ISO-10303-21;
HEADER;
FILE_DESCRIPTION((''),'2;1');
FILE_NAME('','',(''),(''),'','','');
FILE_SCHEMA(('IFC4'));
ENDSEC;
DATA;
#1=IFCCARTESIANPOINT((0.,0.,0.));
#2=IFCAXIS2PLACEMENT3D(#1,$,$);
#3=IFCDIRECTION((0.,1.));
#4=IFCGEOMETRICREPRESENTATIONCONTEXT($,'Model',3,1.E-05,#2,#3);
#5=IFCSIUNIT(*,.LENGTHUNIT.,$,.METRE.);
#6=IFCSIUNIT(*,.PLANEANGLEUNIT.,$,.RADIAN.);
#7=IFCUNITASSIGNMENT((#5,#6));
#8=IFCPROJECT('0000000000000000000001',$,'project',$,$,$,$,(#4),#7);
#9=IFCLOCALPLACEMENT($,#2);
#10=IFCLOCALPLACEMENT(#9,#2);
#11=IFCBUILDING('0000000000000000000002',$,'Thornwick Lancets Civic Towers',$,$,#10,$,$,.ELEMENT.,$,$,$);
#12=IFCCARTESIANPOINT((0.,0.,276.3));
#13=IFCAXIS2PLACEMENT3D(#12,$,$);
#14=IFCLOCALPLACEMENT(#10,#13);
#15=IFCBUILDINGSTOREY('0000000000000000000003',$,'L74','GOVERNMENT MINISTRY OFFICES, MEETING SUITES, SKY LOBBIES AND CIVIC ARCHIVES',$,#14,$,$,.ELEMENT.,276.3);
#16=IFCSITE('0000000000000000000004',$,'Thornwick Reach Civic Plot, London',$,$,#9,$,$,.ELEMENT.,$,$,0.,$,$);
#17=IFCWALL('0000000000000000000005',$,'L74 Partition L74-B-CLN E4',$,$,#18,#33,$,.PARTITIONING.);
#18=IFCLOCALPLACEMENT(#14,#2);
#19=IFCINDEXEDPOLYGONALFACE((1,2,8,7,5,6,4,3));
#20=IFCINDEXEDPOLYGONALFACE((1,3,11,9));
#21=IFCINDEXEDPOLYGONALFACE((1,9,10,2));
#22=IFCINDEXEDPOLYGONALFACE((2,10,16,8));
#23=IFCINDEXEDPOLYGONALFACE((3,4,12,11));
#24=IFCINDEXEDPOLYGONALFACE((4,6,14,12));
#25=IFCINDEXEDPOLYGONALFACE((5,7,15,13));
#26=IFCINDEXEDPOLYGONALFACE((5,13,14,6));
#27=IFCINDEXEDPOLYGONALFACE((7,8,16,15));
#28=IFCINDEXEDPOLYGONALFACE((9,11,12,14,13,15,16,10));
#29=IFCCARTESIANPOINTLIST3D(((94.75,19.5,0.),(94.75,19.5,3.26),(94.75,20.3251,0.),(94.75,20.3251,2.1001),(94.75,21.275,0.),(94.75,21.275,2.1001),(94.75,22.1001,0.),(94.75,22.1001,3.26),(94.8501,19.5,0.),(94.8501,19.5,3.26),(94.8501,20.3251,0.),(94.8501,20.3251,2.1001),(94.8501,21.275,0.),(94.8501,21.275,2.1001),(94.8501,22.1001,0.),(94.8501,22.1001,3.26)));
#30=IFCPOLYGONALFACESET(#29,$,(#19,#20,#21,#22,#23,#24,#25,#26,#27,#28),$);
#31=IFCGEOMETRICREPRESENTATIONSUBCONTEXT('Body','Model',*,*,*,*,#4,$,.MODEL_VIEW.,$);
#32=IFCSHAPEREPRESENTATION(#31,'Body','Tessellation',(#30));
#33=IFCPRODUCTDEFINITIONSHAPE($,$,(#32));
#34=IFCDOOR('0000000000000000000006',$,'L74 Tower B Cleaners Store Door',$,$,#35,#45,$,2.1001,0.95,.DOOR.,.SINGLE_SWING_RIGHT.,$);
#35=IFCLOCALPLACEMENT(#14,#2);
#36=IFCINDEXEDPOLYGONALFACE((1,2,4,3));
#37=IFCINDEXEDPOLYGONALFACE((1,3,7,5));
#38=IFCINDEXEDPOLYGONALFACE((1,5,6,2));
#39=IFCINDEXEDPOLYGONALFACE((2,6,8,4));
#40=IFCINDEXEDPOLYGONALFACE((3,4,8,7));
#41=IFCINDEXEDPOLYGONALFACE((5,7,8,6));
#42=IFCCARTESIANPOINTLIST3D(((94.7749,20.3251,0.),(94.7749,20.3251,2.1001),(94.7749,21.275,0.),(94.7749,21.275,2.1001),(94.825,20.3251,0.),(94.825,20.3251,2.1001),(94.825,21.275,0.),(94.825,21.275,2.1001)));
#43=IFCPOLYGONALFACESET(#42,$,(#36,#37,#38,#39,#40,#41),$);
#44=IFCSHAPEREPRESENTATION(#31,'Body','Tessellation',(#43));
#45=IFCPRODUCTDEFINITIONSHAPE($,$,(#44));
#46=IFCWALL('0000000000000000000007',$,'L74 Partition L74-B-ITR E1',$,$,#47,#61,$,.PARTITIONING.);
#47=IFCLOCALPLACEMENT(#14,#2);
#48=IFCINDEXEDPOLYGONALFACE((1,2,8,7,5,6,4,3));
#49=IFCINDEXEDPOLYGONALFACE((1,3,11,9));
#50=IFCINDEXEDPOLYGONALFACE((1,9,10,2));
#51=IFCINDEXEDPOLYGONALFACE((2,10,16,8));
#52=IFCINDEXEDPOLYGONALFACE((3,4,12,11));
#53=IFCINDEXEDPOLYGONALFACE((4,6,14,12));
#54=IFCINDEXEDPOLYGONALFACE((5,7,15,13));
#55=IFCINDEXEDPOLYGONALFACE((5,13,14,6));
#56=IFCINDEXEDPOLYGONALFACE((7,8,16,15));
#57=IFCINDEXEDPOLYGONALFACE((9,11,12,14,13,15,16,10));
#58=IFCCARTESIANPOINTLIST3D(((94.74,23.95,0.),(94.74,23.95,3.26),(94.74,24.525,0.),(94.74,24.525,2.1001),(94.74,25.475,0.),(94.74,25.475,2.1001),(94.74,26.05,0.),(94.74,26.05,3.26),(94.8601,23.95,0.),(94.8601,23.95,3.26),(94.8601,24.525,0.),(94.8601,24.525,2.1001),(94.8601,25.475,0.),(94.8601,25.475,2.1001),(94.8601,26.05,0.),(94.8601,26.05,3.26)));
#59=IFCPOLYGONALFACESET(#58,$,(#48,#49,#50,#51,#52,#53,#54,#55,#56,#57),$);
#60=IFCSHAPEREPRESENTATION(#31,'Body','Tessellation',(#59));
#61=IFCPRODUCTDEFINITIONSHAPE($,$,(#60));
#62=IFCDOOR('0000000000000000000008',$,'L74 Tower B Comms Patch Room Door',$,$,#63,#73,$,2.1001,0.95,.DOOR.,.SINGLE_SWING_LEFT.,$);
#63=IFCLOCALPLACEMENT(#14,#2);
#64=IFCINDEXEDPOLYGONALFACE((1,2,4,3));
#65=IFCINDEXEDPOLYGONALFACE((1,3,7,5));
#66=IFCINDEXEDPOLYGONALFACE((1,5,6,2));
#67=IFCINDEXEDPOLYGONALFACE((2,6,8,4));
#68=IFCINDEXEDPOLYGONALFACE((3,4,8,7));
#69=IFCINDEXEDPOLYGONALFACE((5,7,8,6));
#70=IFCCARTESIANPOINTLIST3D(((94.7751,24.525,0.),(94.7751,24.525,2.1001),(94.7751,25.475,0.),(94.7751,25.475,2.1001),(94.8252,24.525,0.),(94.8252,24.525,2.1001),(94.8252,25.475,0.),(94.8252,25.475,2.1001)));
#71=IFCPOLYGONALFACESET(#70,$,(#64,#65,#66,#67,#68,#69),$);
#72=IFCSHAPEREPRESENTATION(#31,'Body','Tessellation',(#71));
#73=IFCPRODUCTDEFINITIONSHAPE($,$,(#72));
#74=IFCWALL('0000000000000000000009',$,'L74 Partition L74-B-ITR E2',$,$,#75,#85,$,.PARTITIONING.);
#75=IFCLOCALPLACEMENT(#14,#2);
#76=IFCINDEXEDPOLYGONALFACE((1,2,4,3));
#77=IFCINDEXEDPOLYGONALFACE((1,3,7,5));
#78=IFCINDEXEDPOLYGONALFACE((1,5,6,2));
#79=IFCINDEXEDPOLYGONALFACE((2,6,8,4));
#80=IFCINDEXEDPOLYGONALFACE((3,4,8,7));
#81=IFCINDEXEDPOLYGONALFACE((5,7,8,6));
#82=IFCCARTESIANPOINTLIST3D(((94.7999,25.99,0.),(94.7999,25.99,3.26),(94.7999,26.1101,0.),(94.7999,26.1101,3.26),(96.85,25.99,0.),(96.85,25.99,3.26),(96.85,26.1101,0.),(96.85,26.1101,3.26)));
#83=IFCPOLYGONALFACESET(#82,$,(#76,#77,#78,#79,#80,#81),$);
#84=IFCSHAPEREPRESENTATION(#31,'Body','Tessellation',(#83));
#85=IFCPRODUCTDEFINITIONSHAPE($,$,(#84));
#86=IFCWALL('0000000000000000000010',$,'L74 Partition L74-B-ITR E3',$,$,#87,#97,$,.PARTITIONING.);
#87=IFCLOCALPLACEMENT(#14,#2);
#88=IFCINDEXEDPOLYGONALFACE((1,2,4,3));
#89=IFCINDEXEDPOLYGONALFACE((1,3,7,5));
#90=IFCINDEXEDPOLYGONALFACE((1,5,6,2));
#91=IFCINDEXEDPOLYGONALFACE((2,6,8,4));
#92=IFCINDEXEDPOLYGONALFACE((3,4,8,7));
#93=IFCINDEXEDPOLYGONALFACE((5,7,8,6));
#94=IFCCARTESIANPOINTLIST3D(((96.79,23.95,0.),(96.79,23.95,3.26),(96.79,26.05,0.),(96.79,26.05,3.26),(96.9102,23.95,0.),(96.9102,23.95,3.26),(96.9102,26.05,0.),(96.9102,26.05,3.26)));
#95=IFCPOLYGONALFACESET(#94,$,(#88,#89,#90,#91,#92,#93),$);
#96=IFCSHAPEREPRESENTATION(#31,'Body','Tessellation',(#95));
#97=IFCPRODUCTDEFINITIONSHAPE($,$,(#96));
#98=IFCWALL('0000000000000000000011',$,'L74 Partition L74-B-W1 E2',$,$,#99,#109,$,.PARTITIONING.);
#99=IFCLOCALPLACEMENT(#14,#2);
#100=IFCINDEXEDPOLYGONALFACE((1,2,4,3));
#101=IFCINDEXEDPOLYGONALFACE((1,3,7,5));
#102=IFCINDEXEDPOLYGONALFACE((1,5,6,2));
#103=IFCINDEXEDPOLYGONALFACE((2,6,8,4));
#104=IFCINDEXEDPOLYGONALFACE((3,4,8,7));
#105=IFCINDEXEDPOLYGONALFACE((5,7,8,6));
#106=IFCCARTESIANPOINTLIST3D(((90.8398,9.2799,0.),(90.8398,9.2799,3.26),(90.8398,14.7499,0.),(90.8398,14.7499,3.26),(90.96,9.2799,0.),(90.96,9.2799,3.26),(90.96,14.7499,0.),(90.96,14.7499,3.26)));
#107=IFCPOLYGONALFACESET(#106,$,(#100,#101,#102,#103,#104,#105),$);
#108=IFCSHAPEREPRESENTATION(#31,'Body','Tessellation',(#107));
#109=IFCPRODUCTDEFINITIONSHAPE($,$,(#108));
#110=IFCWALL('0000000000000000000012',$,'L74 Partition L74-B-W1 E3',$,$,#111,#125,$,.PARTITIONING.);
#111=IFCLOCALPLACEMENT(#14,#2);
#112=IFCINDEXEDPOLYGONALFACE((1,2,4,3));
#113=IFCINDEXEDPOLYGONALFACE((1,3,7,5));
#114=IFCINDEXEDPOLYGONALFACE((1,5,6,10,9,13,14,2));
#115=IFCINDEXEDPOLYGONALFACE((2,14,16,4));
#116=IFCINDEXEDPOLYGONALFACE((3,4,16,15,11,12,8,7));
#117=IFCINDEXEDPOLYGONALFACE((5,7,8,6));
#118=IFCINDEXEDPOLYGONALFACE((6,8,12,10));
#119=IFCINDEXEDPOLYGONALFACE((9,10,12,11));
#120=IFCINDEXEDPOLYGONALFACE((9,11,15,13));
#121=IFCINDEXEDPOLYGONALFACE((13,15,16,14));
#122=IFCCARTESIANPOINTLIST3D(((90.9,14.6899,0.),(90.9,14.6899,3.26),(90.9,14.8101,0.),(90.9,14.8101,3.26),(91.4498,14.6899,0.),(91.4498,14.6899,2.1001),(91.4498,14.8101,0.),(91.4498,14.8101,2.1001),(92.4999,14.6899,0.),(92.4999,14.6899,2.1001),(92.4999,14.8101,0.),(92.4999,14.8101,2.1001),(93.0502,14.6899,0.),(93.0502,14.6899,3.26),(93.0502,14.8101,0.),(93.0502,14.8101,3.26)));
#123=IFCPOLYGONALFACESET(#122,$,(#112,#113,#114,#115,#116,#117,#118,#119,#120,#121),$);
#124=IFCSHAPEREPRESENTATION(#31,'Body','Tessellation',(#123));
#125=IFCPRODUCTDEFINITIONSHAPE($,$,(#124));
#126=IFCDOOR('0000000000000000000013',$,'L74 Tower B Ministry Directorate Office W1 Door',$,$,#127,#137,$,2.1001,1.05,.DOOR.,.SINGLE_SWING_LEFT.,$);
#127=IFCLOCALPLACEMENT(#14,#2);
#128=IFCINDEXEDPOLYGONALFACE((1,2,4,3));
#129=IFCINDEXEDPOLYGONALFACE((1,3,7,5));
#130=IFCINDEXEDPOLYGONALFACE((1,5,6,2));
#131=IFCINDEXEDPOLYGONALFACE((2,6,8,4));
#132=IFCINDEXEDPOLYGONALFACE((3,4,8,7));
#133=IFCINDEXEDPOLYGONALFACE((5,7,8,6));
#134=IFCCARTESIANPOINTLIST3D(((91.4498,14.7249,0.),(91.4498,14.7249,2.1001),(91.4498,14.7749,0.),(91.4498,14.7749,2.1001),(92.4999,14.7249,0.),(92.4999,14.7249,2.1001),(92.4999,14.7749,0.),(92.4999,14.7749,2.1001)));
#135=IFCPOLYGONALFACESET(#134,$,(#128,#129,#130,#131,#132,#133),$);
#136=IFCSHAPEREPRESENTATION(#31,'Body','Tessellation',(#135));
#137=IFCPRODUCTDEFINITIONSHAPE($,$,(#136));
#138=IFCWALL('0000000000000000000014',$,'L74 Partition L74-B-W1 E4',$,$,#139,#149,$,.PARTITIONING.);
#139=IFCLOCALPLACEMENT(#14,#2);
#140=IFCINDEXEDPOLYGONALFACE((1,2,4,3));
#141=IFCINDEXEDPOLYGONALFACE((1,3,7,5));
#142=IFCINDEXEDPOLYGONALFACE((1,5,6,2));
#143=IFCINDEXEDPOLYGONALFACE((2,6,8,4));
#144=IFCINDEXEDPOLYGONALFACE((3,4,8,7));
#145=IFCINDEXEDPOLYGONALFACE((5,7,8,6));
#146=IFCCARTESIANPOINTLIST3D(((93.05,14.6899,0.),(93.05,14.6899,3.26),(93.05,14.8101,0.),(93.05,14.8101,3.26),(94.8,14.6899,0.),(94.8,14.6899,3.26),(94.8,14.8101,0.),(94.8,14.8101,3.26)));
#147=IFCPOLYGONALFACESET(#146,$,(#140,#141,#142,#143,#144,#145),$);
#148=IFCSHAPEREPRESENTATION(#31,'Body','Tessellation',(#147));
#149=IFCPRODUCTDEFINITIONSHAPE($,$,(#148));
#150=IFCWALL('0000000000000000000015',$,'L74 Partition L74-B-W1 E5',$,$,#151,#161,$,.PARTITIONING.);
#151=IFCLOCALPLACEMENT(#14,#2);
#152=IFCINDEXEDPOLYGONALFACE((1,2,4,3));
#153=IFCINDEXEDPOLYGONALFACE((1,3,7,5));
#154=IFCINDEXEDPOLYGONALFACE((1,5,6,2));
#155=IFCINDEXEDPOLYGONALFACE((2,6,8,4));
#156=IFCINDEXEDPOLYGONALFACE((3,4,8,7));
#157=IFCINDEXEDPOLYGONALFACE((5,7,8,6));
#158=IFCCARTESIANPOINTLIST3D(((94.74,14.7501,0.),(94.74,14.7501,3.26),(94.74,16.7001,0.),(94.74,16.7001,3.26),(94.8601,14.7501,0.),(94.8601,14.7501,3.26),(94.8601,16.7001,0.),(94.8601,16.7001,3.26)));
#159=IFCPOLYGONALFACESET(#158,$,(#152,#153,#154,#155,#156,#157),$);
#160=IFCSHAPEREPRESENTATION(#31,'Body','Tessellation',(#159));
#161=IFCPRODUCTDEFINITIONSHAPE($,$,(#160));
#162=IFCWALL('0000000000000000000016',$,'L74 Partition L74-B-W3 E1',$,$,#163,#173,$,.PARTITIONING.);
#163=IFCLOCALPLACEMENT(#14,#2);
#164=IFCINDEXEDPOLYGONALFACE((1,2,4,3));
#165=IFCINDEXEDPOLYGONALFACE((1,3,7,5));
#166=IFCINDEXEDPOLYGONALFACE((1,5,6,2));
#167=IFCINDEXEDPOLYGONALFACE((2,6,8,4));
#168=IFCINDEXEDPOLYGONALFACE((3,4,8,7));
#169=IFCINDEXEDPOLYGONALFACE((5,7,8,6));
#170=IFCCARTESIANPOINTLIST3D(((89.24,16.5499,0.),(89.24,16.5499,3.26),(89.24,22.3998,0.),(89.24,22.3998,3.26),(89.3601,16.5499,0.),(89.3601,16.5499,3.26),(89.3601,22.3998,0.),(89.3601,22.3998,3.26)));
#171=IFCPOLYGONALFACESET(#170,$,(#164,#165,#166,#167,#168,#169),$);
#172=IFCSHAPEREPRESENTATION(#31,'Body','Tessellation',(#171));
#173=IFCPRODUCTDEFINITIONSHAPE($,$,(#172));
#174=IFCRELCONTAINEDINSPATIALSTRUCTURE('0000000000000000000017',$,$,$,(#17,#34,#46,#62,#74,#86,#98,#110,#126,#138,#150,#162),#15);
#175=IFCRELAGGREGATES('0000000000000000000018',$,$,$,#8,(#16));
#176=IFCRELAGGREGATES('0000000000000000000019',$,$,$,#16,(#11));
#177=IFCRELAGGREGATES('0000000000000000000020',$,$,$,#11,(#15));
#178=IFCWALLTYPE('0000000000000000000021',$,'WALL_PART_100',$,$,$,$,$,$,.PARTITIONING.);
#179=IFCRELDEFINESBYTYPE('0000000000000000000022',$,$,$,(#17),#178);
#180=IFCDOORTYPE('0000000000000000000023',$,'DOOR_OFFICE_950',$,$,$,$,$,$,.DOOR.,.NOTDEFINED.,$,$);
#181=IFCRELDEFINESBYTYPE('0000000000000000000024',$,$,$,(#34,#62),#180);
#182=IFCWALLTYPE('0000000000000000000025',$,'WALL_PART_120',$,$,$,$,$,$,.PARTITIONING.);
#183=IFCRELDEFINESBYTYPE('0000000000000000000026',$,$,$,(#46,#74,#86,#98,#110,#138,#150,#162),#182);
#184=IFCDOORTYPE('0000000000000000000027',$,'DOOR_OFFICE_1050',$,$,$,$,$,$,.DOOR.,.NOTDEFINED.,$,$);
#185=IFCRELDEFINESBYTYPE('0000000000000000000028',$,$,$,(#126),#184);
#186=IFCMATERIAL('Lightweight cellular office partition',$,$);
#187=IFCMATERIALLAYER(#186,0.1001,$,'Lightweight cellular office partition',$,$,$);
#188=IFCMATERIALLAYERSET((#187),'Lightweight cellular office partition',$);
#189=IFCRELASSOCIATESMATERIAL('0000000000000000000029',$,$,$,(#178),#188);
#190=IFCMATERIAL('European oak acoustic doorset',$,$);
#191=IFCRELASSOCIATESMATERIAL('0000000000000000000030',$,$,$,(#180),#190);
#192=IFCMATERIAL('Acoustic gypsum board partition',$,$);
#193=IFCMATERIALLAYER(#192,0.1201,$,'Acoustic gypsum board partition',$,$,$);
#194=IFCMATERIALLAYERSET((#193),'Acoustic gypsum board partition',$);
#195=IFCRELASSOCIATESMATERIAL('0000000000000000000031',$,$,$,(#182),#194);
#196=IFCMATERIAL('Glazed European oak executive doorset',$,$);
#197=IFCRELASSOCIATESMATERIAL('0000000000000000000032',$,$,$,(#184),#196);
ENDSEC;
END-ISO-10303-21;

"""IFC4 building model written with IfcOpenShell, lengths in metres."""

from ifc_helpers import new_model, si_unit, direction, frame, frame_2d, origin, place, context, subcontext, project, spatial, rectangle, extrude, material, layer, layer_set, type_object, element, fill, save


model = new_model("IFC4")

# Units and contexts
model_context = context("Model", 3, precision=1e-05, world=origin(), true_north=direction((0.0, 1.0)))
body_context = subcontext(model_context, "Body", "Model", "MODEL_VIEW")
ifc_project = project(units=[si_unit("LENGTHUNIT", "METRE"), si_unit("PLANEANGLEUNIT", "RADIAN")], contexts=[model_context])

# Site, building, storey
site_placement = place(None, origin())
site = spatial("IfcSite", under=ifc_project, at=site_placement, Name="Thornwick Reach Civic Plot, London", CompositionType="ELEMENT", RefElevation=0.0)
building_placement = place(site_placement, origin())
building = spatial("IfcBuilding", under=site, at=building_placement, Name="Thornwick Lancets Civic Towers", CompositionType="ELEMENT")
storey_placement = place(building_placement, frame((0.0, 0.0, 276.3)))
storey = spatial("IfcBuildingStorey", under=building, at=storey_placement, Name="L74", Description="GOVERNMENT MINISTRY OFFICES, MEETING SUITES, SKY LOBBIES AND CIVIC ARCHIVES", CompositionType="ELEMENT", Elevation=276.3)

# Shared definitions
ifc_material_1 = material(Name="Lightweight cellular office partition")
ifc_layer_1 = layer(ifc_material_1, 0.1001, Name="Lightweight cellular office partition")
ifc_layer_set_1 = layer_set([ifc_layer_1], Name="Lightweight cellular office partition")
wall_type_1 = type_object("IfcWallType", Name="WALL_PART_100", PredefinedType="PARTITIONING", material=ifc_layer_set_1)

# Walls, openings, doors
wall_1_placement = place(storey_placement, frame((94.8, 22.1001, 0.0), z_axis=(0.0, 0.0, 1.0), x_axis=(0.0, -1.0, 0.0)))
wall_1 = element("IfcWall", 1, at=wall_1_placement, inside=storey, type_object=wall_type_1, Name="L74 Partition L74-B-CLN E4", PredefinedType="PARTITIONING", context=body_context, shape_type="SweptSolid", body=[
    extrude(rectangle(XDim=2.6001, YDim=0.1001, at=frame_2d((1.3, 0.0))), origin(), (0.0, 0.0, 1.0), 3.26),
])
opening_1_placement = place(wall_1_placement, frame((0.825, 0.0, 0.0)))
opening_1 = element("IfcOpeningElement", 2, at=opening_1_placement, cuts=wall_1, PredefinedType="OPENING", context=body_context, shape_type="SweptSolid", body=[
    extrude(rectangle(XDim=0.95, YDim=2.1001, at=frame_2d((0.4751, 1.05))), frame((0.0, 0.0601, 0.0), z_axis=(0.0, -1.0, 0.0), x_axis=(1.0, 0.0, 0.0)), (0.0, 0.0, 1.0), 0.1201),
])
ifc_material_2 = material(Name="European oak acoustic doorset")
door_type_1 = type_object("IfcDoorType", Name="DOOR_OFFICE_950", OperationType="NOTDEFINED", PredefinedType="DOOR", material=ifc_material_2)
door_1_placement = place(opening_1_placement, origin())
door_1 = element("IfcDoor", 3, at=door_1_placement, inside=storey, type_object=door_type_1, Name="L74 Tower B Cleaners Store Door", OperationType="SINGLE_SWING_RIGHT", OverallHeight=2.1001, OverallWidth=0.95, PredefinedType="DOOR", context=body_context, shape_type="SweptSolid", body=[
    extrude(rectangle(XDim=0.95, YDim=2.1001, at=frame_2d((0.4751, 1.05))), frame((0.0, 0.0249, 0.0), z_axis=(0.0, -1.0, 0.0), x_axis=(1.0, 0.0, 0.0)), (0.0, 0.0, 1.0), 0.05),
])
fill(opening_1, door_1)
ifc_material_3 = material(Name="Acoustic gypsum board partition")
ifc_layer_2 = layer(ifc_material_3, 0.1201, Name="Acoustic gypsum board partition")
ifc_layer_set_2 = layer_set([ifc_layer_2], Name="Acoustic gypsum board partition")
wall_type_2 = type_object("IfcWallType", Name="WALL_PART_120", PredefinedType="PARTITIONING", material=ifc_layer_set_2)
wall_2_placement = place(storey_placement, frame((94.8, 23.95, 0.0), z_axis=(0.0, 0.0, 1.0), x_axis=(0.0, 1.0, 0.0)))
wall_2 = element("IfcWall", 4, at=wall_2_placement, inside=storey, type_object=wall_type_2, Name="L74 Partition L74-B-ITR E1", PredefinedType="PARTITIONING", context=body_context, shape_type="SweptSolid", body=[
    extrude(rectangle(XDim=2.1001, YDim=0.1201, at=frame_2d((1.05, 0.0))), origin(), (0.0, 0.0, 1.0), 3.26),
])
opening_2_placement = place(wall_2_placement, frame((0.575, 0.0, 0.0)))
opening_2 = element("IfcOpeningElement", 5, at=opening_2_placement, cuts=wall_2, PredefinedType="OPENING", context=body_context, shape_type="SweptSolid", body=[
    extrude(rectangle(XDim=0.95, YDim=2.1001, at=frame_2d((0.4751, 1.05))), frame((0.0, 0.0701, 0.0), z_axis=(0.0, -1.0, 0.0), x_axis=(1.0, 0.0, 0.0)), (0.0, 0.0, 1.0), 0.1401),
])
door_2_placement = place(opening_2_placement, origin())
door_2 = element("IfcDoor", 6, at=door_2_placement, inside=storey, type_object=door_type_1, Name="L74 Tower B Comms Patch Room Door", OperationType="SINGLE_SWING_LEFT", OverallHeight=2.1001, OverallWidth=0.95, PredefinedType="DOOR", context=body_context, shape_type="SweptSolid", body=[
    extrude(rectangle(XDim=0.95, YDim=2.1001, at=frame_2d((0.4751, 1.05))), frame((0.0, 0.0249, 0.0), z_axis=(0.0, -1.0, 0.0), x_axis=(1.0, 0.0, 0.0)), (0.0, 0.0, 1.0), 0.05),
])
fill(opening_2, door_2)

# Walls
wall_3_placement = place(storey_placement, frame((94.8, 26.05, 0.0), z_axis=(0.0, 0.0, 1.0), x_axis=(1.0, 0.0, 0.0)))
element("IfcWall", 7, at=wall_3_placement, inside=storey, type_object=wall_type_2, Name="L74 Partition L74-B-ITR E2", PredefinedType="PARTITIONING", context=body_context, shape_type="SweptSolid", body=[
    extrude(rectangle(XDim=2.05, YDim=0.1201, at=frame_2d((1.0249, 0.0))), origin(), (0.0, 0.0, 1.0), 3.26),
])
wall_4_placement = place(storey_placement, frame((96.8501, 26.05, 0.0), z_axis=(0.0, 0.0, 1.0), x_axis=(0.0, -1.0, 0.0)))
element("IfcWall", 8, at=wall_4_placement, inside=storey, type_object=wall_type_2, Name="L74 Partition L74-B-ITR E3", PredefinedType="PARTITIONING", context=body_context, shape_type="SweptSolid", body=[
    extrude(rectangle(XDim=2.1001, YDim=0.1201, at=frame_2d((1.05, 0.0))), origin(), (0.0, 0.0, 1.0), 3.26),
])
wall_5_placement = place(storey_placement, frame((90.8999, 9.28, 0.0), z_axis=(0.0, 0.0, 1.0), x_axis=(0.0, 1.0, 0.0)))
element("IfcWall", 9, at=wall_5_placement, inside=storey, type_object=wall_type_2, Name="L74 Partition L74-B-W1 E2", PredefinedType="PARTITIONING", context=body_context, shape_type="SweptSolid", body=[
    extrude(rectangle(XDim=5.47, YDim=0.1201, at=frame_2d((2.7349, 0.0))), origin(), (0.0, 0.0, 1.0), 3.26),
])

# Wall, opening, door
wall_6_placement = place(storey_placement, frame((90.8999, 14.75, 0.0), z_axis=(0.0, 0.0, 1.0), x_axis=(1.0, 0.0, 0.0)))
wall_6 = element("IfcWall", 10, at=wall_6_placement, inside=storey, type_object=wall_type_2, Name="L74 Partition L74-B-W1 E3", PredefinedType="PARTITIONING", context=body_context, shape_type="SweptSolid", body=[
    extrude(rectangle(XDim=2.1501, YDim=0.1201, at=frame_2d((1.0752, 0.0))), origin(), (0.0, 0.0, 1.0), 3.26),
])
opening_3_placement = place(wall_6_placement, frame((0.55, 0.0, 0.0)))
opening_3 = element("IfcOpeningElement", 11, at=opening_3_placement, cuts=wall_6, PredefinedType="OPENING", context=body_context, shape_type="SweptSolid", body=[
    extrude(rectangle(XDim=1.05, YDim=2.1001, at=frame_2d((0.5249, 1.05))), frame((0.0, 0.0701, 0.0), z_axis=(0.0, -1.0, 0.0), x_axis=(1.0, 0.0, 0.0)), (0.0, 0.0, 1.0), 0.1401),
])
ifc_material_4 = material(Name="Glazed European oak executive doorset")
door_type_2 = type_object("IfcDoorType", Name="DOOR_OFFICE_1050", OperationType="NOTDEFINED", PredefinedType="DOOR", material=ifc_material_4)
door_3_placement = place(opening_3_placement, origin())
door_3 = element("IfcDoor", 12, at=door_3_placement, inside=storey, type_object=door_type_2, Name="L74 Tower B Ministry Directorate Office W1 Door", OperationType="SINGLE_SWING_LEFT", OverallHeight=2.1001, OverallWidth=1.05, PredefinedType="DOOR", context=body_context, shape_type="SweptSolid", body=[
    extrude(rectangle(XDim=1.05, YDim=2.1001, at=frame_2d((0.5249, 1.05))), frame((0.0, 0.0249, 0.0), z_axis=(0.0, -1.0, 0.0), x_axis=(1.0, 0.0, 0.0)), (0.0, 0.0, 1.0), 0.05),
])
fill(opening_3, door_3)

# Walls
wall_7_placement = place(storey_placement, frame((93.05, 14.75, 0.0), z_axis=(0.0, 0.0, 1.0), x_axis=(1.0, 0.0, 0.0)))
element("IfcWall", 13, at=wall_7_placement, inside=storey, type_object=wall_type_2, Name="L74 Partition L74-B-W1 E4", PredefinedType="PARTITIONING", context=body_context, shape_type="SweptSolid", body=[
    extrude(rectangle(XDim=1.75, YDim=0.1201, at=frame_2d((0.875, 0.0))), origin(), (0.0, 0.0, 1.0), 3.26),
])
wall_8_placement = place(storey_placement, frame((94.8, 14.75, 0.0), z_axis=(0.0, 0.0, 1.0), x_axis=(0.0, 1.0, 0.0)))
element("IfcWall", 14, at=wall_8_placement, inside=storey, type_object=wall_type_2, Name="L74 Partition L74-B-W1 E5", PredefinedType="PARTITIONING", context=body_context, shape_type="SweptSolid", body=[
    extrude(rectangle(XDim=1.95, YDim=0.1201, at=frame_2d((0.9751, 0.0))), origin(), (0.0, 0.0, 1.0), 3.26),
])
wall_9_placement = place(storey_placement, frame((89.3, 16.55, 0.0), z_axis=(0.0, 0.0, 1.0), x_axis=(0.0, 1.0, 0.0)))
element("IfcWall", 15, at=wall_9_placement, inside=storey, type_object=wall_type_2, Name="L74 Partition L74-B-W3 E1", PredefinedType="PARTITIONING", context=body_context, shape_type="SweptSolid", body=[
    extrude(rectangle(XDim=5.8499, YDim=0.1201, at=frame_2d((2.9248, 0.0))), origin(), (0.0, 0.0, 1.0), 3.26),
])

save(model, "model.ifc")
